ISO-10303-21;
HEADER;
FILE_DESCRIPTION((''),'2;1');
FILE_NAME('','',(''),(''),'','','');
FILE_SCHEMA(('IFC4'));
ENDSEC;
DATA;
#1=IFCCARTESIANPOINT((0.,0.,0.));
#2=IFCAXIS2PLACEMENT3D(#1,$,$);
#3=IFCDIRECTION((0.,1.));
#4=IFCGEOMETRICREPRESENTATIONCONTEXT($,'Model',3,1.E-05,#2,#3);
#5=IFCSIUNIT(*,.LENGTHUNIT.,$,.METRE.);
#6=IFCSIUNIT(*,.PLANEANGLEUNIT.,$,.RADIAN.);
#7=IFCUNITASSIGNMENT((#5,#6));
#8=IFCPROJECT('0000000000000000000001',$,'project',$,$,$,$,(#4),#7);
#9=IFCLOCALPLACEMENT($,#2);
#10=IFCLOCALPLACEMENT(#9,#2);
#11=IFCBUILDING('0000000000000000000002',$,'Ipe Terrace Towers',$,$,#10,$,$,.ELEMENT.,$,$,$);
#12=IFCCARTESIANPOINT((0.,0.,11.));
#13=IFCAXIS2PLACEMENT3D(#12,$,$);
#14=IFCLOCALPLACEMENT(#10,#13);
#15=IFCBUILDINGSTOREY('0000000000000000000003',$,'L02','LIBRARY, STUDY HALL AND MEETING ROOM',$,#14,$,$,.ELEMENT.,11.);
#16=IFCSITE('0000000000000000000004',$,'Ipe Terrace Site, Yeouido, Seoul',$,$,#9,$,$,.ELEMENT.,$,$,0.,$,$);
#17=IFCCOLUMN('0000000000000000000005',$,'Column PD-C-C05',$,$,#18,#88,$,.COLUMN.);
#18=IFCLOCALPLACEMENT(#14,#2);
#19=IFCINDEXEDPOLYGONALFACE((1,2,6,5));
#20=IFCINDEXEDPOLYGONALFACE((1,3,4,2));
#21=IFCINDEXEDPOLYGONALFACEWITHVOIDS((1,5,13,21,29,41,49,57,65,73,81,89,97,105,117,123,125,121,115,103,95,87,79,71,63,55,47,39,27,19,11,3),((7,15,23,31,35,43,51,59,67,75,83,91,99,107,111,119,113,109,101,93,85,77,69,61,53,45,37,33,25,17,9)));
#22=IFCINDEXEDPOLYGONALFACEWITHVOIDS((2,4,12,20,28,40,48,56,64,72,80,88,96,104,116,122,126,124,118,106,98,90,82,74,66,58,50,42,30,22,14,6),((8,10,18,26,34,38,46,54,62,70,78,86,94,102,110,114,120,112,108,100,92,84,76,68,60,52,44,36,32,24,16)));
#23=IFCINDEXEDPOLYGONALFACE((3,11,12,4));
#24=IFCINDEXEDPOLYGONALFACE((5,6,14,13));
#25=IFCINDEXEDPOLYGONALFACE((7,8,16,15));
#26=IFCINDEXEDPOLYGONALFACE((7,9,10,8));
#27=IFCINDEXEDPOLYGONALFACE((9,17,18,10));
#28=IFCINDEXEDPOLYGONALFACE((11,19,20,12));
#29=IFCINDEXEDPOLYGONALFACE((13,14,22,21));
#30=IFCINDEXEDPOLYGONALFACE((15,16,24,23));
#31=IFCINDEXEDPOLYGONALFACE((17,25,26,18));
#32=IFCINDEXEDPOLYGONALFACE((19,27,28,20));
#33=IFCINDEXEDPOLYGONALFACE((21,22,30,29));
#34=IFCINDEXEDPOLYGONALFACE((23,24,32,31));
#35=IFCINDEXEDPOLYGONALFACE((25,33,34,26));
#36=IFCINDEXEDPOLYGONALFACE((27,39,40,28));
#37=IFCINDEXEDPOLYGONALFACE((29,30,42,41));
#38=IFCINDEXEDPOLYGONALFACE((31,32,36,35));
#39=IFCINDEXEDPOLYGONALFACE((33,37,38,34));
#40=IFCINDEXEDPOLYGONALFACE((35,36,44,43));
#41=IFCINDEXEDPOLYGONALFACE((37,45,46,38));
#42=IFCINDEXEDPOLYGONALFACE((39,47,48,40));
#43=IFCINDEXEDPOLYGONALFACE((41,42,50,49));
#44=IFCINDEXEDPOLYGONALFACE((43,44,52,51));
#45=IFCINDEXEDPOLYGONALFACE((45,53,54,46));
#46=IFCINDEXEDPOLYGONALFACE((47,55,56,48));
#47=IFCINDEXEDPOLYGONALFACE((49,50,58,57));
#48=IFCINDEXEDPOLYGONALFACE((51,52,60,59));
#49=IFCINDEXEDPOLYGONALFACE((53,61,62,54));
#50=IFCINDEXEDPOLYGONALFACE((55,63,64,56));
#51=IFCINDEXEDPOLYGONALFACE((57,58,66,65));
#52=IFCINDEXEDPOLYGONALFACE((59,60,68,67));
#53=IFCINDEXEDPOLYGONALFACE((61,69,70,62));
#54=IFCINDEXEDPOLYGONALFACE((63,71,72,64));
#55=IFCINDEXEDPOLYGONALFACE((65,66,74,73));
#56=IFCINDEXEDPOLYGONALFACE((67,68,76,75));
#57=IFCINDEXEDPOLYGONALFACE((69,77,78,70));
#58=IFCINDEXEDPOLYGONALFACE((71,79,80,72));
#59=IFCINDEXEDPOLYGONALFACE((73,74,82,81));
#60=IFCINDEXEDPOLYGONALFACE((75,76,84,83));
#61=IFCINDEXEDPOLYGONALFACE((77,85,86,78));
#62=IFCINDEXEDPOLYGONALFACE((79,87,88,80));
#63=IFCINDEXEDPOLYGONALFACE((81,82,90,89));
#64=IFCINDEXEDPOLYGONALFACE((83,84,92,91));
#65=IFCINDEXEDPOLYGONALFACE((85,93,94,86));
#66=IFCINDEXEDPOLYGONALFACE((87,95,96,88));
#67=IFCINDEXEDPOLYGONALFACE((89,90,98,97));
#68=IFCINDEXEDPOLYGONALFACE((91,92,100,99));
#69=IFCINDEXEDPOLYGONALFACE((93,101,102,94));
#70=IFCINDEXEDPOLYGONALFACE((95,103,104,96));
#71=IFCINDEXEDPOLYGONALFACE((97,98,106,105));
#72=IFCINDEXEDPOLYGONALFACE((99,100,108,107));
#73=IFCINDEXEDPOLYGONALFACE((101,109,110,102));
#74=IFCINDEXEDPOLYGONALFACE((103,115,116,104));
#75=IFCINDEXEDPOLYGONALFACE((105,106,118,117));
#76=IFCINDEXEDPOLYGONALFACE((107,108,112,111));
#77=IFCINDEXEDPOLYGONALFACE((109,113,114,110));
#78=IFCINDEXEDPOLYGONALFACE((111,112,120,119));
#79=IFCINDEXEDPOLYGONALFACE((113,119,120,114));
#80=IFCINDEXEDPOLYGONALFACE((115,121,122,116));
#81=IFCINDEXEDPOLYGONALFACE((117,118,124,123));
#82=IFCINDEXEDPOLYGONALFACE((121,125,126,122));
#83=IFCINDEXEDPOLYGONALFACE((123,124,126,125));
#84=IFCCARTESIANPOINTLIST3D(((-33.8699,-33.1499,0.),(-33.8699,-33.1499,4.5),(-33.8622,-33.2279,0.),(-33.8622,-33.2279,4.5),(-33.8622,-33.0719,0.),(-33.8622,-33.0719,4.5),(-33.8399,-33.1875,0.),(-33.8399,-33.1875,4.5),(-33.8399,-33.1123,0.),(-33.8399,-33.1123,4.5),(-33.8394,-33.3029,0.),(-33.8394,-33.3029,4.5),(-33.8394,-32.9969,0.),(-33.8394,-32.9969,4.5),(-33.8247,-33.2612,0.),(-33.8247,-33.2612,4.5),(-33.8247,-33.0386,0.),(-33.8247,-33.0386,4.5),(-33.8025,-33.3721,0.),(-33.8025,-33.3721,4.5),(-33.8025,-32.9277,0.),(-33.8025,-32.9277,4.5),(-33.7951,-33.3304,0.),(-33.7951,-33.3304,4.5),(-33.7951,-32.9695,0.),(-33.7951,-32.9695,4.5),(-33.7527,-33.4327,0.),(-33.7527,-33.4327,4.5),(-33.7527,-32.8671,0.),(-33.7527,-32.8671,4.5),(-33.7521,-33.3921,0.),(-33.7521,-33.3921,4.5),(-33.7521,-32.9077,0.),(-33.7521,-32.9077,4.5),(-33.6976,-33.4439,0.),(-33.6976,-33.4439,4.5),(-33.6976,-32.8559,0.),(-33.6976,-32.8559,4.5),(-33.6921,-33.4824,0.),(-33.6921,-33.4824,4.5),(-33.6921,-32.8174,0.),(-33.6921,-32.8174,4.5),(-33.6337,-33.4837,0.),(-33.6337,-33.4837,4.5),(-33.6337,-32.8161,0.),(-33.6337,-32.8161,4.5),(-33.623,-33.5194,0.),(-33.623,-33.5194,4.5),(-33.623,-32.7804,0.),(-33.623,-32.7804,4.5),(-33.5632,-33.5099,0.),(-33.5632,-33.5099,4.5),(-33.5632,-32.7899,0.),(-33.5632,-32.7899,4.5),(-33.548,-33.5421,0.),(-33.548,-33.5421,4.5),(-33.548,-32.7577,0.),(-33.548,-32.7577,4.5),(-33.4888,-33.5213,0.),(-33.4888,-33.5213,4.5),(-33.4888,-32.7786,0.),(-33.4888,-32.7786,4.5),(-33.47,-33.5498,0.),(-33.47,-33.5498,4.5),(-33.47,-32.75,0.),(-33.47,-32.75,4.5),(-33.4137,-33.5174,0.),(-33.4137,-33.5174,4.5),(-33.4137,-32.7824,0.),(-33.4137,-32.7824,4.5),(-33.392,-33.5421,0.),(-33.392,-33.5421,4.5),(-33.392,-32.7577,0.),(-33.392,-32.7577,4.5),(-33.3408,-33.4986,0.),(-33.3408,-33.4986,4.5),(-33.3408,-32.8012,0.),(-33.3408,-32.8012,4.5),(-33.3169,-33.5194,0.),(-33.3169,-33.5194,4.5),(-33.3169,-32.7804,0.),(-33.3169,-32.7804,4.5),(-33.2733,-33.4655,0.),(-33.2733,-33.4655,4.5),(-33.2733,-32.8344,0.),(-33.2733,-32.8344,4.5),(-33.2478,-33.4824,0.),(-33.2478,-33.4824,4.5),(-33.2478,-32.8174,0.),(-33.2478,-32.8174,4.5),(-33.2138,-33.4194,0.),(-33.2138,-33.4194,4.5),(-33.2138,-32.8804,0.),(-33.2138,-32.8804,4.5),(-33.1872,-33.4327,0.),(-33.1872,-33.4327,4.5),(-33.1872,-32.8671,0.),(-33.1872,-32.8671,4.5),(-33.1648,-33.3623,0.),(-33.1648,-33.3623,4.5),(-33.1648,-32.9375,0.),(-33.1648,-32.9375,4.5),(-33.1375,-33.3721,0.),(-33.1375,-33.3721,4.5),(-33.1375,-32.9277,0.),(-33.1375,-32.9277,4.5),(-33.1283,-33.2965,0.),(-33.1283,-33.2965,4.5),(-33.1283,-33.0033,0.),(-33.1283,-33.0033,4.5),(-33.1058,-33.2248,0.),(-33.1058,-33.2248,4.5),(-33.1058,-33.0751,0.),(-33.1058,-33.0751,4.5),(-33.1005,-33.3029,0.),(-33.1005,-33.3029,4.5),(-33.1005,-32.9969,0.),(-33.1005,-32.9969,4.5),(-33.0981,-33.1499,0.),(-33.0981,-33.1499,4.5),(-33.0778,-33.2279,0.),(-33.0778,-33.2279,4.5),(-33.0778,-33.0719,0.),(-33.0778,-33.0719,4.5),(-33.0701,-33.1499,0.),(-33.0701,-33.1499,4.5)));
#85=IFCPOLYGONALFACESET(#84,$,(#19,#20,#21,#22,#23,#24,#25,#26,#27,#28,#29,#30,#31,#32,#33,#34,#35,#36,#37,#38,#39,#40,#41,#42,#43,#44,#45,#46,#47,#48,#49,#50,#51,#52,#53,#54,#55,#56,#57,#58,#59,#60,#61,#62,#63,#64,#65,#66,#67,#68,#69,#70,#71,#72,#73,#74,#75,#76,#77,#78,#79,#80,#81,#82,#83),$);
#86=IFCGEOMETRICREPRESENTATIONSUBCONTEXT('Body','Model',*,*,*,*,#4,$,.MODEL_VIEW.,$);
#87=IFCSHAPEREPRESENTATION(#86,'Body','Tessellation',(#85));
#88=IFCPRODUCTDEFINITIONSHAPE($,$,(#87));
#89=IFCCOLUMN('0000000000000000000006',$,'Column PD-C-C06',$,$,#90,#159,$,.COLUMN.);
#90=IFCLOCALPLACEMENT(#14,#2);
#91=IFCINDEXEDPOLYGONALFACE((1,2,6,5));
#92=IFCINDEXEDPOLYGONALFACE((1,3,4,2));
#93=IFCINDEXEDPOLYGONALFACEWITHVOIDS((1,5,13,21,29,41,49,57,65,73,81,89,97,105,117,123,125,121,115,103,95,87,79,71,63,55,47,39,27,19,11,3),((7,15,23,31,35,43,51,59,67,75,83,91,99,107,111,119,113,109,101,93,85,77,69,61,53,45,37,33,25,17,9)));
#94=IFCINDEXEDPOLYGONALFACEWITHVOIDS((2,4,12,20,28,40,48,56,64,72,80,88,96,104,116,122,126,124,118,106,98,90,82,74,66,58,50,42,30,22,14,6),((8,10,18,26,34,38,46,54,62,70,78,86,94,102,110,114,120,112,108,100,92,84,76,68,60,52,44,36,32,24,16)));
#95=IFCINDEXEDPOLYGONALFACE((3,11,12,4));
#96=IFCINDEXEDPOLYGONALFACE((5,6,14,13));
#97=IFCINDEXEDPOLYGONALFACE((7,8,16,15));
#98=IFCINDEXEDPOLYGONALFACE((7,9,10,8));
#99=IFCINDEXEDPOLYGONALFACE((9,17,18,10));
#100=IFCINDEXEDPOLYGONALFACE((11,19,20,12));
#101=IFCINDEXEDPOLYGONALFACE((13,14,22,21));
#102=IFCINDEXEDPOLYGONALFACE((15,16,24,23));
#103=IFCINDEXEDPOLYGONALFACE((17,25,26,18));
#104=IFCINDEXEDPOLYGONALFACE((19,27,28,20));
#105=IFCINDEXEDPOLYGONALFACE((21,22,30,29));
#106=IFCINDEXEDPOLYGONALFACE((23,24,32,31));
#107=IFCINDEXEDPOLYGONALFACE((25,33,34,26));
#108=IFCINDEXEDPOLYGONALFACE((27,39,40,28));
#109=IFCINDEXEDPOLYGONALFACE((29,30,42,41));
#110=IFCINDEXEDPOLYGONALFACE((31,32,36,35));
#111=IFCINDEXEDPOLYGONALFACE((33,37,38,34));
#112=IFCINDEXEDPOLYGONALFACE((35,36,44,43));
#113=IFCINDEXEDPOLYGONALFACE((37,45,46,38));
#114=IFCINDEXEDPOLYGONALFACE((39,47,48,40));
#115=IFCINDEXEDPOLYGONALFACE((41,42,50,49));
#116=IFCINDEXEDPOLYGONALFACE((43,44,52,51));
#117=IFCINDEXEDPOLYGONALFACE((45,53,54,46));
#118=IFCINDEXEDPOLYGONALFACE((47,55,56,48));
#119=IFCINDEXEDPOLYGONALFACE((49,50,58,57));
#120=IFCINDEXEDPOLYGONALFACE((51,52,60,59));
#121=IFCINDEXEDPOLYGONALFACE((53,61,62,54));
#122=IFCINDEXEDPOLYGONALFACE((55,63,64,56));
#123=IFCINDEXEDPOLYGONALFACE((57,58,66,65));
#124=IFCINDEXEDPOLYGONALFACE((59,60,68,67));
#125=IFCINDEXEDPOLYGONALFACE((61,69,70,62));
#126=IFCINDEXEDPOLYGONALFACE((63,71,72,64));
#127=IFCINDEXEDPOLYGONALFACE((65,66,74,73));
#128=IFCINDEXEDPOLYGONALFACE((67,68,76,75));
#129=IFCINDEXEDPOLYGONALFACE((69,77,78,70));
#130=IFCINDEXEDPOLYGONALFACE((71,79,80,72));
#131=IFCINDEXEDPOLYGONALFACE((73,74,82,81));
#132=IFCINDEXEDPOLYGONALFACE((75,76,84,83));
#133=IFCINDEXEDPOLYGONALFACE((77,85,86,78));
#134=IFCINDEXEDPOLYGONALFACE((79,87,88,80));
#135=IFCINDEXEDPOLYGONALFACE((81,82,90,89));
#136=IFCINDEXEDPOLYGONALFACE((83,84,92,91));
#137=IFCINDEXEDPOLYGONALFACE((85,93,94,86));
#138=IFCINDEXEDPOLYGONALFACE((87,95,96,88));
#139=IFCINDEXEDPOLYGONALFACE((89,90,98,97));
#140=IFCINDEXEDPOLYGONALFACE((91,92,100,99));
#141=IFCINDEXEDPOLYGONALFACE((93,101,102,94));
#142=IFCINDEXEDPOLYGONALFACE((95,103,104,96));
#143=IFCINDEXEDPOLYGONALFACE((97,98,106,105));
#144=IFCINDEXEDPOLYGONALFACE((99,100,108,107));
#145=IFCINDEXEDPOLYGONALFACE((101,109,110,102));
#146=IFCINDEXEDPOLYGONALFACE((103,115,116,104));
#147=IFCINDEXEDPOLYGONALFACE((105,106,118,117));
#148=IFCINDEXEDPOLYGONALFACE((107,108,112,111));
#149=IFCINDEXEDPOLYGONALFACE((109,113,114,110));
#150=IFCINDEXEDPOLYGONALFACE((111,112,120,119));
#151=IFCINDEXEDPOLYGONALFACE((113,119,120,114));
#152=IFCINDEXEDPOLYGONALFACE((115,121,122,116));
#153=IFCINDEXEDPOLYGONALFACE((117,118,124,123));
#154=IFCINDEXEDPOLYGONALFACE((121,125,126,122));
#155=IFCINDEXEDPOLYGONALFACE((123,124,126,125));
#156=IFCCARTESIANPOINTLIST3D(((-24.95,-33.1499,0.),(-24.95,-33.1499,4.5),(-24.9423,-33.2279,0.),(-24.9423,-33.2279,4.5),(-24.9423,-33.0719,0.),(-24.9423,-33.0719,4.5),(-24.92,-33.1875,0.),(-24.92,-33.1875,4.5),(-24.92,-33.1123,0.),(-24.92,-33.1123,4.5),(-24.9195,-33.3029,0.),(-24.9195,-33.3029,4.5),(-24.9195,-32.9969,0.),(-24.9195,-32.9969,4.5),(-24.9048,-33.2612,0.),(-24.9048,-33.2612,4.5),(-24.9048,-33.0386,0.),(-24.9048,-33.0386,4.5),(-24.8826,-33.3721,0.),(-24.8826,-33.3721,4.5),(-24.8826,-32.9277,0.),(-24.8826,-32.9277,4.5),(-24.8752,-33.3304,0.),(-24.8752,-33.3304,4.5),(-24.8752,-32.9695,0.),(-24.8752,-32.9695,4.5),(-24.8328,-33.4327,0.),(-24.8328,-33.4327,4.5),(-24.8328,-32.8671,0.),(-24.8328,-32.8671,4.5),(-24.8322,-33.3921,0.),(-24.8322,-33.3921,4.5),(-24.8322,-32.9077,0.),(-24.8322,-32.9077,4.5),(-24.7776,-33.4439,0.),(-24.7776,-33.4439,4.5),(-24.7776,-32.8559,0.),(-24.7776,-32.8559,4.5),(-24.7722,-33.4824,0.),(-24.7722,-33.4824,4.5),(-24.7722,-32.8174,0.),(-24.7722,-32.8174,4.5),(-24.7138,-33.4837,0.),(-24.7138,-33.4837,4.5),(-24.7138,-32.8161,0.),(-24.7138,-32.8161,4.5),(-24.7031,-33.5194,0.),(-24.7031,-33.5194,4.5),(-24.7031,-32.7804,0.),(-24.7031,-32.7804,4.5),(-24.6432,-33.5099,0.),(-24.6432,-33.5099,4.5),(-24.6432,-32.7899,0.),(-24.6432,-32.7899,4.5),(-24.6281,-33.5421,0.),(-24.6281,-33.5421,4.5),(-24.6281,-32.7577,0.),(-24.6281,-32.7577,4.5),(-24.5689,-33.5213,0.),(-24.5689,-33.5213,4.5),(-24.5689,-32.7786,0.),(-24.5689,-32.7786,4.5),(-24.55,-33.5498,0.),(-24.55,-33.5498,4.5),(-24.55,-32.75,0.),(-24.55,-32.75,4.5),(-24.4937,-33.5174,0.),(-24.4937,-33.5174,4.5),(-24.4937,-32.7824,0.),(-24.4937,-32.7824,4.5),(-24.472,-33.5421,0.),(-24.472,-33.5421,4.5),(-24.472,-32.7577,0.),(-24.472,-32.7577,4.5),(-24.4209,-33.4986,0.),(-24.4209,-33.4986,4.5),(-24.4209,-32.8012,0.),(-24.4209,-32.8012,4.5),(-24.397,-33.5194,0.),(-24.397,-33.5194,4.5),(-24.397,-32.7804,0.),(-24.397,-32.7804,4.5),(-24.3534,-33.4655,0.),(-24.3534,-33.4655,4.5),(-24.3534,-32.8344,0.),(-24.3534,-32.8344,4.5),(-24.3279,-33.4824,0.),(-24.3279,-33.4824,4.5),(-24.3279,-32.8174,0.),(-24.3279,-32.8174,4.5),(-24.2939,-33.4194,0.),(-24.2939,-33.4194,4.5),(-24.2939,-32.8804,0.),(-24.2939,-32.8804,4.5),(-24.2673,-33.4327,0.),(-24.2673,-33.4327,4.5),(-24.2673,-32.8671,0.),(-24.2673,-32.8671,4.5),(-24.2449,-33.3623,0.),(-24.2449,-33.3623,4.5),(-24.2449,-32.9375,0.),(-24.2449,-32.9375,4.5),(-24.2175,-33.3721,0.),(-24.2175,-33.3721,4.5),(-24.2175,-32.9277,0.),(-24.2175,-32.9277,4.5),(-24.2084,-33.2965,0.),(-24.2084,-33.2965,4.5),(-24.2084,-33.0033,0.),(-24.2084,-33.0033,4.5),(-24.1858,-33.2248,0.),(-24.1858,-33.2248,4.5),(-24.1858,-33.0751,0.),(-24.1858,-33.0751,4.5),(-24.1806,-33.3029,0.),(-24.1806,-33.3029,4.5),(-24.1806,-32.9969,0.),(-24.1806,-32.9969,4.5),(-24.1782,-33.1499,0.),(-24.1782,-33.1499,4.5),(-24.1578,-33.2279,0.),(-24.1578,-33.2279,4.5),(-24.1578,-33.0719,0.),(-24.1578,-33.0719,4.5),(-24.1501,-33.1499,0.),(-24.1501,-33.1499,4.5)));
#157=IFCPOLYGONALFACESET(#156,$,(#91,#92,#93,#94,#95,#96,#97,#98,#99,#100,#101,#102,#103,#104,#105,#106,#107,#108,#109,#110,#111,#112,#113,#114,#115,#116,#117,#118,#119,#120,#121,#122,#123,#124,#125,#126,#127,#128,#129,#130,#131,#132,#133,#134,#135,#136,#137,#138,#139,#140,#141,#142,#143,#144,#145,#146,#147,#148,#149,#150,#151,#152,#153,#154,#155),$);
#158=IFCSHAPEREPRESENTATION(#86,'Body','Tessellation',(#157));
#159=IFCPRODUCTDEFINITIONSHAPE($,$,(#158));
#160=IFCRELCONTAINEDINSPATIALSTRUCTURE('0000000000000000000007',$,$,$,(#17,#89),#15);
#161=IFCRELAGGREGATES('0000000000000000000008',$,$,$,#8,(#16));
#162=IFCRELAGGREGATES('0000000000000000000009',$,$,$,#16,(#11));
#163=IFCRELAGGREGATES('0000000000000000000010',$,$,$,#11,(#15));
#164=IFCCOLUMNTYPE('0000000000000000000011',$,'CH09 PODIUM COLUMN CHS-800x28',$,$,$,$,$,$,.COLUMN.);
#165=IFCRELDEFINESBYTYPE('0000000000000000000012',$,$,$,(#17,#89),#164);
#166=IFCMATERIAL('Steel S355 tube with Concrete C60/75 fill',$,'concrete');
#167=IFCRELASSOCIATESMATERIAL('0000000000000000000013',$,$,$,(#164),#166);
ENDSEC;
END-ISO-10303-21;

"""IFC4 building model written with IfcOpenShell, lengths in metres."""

from ifc_helpers import new_model, si_unit, direction, frame, origin, origin_2d, place, context, subcontext, project, spatial, hollow_circle, extrude, material, material_profile, profile_set, type_object, element, save


model = new_model("IFC4")

# Units and contexts
model_context = context("Model", 3, precision=1e-05, world=origin(), true_north=direction((0.0, 1.0)))
body_context = subcontext(model_context, "Body", "Model", "MODEL_VIEW")
ifc_project = project(units=[si_unit("LENGTHUNIT", "METRE"), si_unit("PLANEANGLEUNIT", "RADIAN")], contexts=[model_context])

# Site, building, storey
site_placement = place(None, origin())
site = spatial("IfcSite", under=ifc_project, at=site_placement, Name="Ipe Terrace Site, Yeouido, Seoul", CompositionType="ELEMENT", RefElevation=0.0)
building_placement = place(site_placement, origin())
building = spatial("IfcBuilding", under=site, at=building_placement, Name="Ipe Terrace Towers", CompositionType="ELEMENT")
storey_placement = place(building_placement, frame((0.0, 0.0, 11.0)))
storey = spatial("IfcBuildingStorey", under=building, at=storey_placement, Name="L02", Description="LIBRARY, STUDY HALL AND MEETING ROOM", CompositionType="ELEMENT", Elevation=11.0)

# Columns
ifc_material_1 = material(Name="Steel S355 tube with Concrete C60/75 fill", Category="concrete")
ifc_material_profile_1 = material_profile(ifc_material_1, hollow_circle(Radius=0.3999, WallThickness=0.0281, at=origin_2d()), Name="CHS-800x28")
ifc_profile_set_1 = profile_set([ifc_material_profile_1], Name="Steel S355 tube with Concrete C60/75 fill")
column_type = type_object("IfcColumnType", Name="CH09 PODIUM COLUMN CHS-800x28", PredefinedType="COLUMN", material=ifc_profile_set_1)
for number, where, z_axis, x_axis, name in (
    (1, (-33.47, -33.1499, 0.0), (0.0, 0.0, 1.0), (1.0, 0.0, 0.0), "Column PD-C-C05"),
    (2, (-24.55, -33.1499, 0.0), (0.0, 0.0, 1.0), (1.0, 0.0, 0.0), "Column PD-C-C06"),
):
    element("IfcColumn", number, at=place(storey_placement, frame(where, z_axis=z_axis, x_axis=x_axis)), inside=storey, type_object=column_type, Name=name, PredefinedType="COLUMN", context=body_context, shape_type="SweptSolid", body=[
        extrude(hollow_circle(Radius=0.3999, WallThickness=0.0281, at=origin_2d()), origin(), (0.0, 0.0, 1.0), 4.5),
    ])

save(model, "model.ifc")
